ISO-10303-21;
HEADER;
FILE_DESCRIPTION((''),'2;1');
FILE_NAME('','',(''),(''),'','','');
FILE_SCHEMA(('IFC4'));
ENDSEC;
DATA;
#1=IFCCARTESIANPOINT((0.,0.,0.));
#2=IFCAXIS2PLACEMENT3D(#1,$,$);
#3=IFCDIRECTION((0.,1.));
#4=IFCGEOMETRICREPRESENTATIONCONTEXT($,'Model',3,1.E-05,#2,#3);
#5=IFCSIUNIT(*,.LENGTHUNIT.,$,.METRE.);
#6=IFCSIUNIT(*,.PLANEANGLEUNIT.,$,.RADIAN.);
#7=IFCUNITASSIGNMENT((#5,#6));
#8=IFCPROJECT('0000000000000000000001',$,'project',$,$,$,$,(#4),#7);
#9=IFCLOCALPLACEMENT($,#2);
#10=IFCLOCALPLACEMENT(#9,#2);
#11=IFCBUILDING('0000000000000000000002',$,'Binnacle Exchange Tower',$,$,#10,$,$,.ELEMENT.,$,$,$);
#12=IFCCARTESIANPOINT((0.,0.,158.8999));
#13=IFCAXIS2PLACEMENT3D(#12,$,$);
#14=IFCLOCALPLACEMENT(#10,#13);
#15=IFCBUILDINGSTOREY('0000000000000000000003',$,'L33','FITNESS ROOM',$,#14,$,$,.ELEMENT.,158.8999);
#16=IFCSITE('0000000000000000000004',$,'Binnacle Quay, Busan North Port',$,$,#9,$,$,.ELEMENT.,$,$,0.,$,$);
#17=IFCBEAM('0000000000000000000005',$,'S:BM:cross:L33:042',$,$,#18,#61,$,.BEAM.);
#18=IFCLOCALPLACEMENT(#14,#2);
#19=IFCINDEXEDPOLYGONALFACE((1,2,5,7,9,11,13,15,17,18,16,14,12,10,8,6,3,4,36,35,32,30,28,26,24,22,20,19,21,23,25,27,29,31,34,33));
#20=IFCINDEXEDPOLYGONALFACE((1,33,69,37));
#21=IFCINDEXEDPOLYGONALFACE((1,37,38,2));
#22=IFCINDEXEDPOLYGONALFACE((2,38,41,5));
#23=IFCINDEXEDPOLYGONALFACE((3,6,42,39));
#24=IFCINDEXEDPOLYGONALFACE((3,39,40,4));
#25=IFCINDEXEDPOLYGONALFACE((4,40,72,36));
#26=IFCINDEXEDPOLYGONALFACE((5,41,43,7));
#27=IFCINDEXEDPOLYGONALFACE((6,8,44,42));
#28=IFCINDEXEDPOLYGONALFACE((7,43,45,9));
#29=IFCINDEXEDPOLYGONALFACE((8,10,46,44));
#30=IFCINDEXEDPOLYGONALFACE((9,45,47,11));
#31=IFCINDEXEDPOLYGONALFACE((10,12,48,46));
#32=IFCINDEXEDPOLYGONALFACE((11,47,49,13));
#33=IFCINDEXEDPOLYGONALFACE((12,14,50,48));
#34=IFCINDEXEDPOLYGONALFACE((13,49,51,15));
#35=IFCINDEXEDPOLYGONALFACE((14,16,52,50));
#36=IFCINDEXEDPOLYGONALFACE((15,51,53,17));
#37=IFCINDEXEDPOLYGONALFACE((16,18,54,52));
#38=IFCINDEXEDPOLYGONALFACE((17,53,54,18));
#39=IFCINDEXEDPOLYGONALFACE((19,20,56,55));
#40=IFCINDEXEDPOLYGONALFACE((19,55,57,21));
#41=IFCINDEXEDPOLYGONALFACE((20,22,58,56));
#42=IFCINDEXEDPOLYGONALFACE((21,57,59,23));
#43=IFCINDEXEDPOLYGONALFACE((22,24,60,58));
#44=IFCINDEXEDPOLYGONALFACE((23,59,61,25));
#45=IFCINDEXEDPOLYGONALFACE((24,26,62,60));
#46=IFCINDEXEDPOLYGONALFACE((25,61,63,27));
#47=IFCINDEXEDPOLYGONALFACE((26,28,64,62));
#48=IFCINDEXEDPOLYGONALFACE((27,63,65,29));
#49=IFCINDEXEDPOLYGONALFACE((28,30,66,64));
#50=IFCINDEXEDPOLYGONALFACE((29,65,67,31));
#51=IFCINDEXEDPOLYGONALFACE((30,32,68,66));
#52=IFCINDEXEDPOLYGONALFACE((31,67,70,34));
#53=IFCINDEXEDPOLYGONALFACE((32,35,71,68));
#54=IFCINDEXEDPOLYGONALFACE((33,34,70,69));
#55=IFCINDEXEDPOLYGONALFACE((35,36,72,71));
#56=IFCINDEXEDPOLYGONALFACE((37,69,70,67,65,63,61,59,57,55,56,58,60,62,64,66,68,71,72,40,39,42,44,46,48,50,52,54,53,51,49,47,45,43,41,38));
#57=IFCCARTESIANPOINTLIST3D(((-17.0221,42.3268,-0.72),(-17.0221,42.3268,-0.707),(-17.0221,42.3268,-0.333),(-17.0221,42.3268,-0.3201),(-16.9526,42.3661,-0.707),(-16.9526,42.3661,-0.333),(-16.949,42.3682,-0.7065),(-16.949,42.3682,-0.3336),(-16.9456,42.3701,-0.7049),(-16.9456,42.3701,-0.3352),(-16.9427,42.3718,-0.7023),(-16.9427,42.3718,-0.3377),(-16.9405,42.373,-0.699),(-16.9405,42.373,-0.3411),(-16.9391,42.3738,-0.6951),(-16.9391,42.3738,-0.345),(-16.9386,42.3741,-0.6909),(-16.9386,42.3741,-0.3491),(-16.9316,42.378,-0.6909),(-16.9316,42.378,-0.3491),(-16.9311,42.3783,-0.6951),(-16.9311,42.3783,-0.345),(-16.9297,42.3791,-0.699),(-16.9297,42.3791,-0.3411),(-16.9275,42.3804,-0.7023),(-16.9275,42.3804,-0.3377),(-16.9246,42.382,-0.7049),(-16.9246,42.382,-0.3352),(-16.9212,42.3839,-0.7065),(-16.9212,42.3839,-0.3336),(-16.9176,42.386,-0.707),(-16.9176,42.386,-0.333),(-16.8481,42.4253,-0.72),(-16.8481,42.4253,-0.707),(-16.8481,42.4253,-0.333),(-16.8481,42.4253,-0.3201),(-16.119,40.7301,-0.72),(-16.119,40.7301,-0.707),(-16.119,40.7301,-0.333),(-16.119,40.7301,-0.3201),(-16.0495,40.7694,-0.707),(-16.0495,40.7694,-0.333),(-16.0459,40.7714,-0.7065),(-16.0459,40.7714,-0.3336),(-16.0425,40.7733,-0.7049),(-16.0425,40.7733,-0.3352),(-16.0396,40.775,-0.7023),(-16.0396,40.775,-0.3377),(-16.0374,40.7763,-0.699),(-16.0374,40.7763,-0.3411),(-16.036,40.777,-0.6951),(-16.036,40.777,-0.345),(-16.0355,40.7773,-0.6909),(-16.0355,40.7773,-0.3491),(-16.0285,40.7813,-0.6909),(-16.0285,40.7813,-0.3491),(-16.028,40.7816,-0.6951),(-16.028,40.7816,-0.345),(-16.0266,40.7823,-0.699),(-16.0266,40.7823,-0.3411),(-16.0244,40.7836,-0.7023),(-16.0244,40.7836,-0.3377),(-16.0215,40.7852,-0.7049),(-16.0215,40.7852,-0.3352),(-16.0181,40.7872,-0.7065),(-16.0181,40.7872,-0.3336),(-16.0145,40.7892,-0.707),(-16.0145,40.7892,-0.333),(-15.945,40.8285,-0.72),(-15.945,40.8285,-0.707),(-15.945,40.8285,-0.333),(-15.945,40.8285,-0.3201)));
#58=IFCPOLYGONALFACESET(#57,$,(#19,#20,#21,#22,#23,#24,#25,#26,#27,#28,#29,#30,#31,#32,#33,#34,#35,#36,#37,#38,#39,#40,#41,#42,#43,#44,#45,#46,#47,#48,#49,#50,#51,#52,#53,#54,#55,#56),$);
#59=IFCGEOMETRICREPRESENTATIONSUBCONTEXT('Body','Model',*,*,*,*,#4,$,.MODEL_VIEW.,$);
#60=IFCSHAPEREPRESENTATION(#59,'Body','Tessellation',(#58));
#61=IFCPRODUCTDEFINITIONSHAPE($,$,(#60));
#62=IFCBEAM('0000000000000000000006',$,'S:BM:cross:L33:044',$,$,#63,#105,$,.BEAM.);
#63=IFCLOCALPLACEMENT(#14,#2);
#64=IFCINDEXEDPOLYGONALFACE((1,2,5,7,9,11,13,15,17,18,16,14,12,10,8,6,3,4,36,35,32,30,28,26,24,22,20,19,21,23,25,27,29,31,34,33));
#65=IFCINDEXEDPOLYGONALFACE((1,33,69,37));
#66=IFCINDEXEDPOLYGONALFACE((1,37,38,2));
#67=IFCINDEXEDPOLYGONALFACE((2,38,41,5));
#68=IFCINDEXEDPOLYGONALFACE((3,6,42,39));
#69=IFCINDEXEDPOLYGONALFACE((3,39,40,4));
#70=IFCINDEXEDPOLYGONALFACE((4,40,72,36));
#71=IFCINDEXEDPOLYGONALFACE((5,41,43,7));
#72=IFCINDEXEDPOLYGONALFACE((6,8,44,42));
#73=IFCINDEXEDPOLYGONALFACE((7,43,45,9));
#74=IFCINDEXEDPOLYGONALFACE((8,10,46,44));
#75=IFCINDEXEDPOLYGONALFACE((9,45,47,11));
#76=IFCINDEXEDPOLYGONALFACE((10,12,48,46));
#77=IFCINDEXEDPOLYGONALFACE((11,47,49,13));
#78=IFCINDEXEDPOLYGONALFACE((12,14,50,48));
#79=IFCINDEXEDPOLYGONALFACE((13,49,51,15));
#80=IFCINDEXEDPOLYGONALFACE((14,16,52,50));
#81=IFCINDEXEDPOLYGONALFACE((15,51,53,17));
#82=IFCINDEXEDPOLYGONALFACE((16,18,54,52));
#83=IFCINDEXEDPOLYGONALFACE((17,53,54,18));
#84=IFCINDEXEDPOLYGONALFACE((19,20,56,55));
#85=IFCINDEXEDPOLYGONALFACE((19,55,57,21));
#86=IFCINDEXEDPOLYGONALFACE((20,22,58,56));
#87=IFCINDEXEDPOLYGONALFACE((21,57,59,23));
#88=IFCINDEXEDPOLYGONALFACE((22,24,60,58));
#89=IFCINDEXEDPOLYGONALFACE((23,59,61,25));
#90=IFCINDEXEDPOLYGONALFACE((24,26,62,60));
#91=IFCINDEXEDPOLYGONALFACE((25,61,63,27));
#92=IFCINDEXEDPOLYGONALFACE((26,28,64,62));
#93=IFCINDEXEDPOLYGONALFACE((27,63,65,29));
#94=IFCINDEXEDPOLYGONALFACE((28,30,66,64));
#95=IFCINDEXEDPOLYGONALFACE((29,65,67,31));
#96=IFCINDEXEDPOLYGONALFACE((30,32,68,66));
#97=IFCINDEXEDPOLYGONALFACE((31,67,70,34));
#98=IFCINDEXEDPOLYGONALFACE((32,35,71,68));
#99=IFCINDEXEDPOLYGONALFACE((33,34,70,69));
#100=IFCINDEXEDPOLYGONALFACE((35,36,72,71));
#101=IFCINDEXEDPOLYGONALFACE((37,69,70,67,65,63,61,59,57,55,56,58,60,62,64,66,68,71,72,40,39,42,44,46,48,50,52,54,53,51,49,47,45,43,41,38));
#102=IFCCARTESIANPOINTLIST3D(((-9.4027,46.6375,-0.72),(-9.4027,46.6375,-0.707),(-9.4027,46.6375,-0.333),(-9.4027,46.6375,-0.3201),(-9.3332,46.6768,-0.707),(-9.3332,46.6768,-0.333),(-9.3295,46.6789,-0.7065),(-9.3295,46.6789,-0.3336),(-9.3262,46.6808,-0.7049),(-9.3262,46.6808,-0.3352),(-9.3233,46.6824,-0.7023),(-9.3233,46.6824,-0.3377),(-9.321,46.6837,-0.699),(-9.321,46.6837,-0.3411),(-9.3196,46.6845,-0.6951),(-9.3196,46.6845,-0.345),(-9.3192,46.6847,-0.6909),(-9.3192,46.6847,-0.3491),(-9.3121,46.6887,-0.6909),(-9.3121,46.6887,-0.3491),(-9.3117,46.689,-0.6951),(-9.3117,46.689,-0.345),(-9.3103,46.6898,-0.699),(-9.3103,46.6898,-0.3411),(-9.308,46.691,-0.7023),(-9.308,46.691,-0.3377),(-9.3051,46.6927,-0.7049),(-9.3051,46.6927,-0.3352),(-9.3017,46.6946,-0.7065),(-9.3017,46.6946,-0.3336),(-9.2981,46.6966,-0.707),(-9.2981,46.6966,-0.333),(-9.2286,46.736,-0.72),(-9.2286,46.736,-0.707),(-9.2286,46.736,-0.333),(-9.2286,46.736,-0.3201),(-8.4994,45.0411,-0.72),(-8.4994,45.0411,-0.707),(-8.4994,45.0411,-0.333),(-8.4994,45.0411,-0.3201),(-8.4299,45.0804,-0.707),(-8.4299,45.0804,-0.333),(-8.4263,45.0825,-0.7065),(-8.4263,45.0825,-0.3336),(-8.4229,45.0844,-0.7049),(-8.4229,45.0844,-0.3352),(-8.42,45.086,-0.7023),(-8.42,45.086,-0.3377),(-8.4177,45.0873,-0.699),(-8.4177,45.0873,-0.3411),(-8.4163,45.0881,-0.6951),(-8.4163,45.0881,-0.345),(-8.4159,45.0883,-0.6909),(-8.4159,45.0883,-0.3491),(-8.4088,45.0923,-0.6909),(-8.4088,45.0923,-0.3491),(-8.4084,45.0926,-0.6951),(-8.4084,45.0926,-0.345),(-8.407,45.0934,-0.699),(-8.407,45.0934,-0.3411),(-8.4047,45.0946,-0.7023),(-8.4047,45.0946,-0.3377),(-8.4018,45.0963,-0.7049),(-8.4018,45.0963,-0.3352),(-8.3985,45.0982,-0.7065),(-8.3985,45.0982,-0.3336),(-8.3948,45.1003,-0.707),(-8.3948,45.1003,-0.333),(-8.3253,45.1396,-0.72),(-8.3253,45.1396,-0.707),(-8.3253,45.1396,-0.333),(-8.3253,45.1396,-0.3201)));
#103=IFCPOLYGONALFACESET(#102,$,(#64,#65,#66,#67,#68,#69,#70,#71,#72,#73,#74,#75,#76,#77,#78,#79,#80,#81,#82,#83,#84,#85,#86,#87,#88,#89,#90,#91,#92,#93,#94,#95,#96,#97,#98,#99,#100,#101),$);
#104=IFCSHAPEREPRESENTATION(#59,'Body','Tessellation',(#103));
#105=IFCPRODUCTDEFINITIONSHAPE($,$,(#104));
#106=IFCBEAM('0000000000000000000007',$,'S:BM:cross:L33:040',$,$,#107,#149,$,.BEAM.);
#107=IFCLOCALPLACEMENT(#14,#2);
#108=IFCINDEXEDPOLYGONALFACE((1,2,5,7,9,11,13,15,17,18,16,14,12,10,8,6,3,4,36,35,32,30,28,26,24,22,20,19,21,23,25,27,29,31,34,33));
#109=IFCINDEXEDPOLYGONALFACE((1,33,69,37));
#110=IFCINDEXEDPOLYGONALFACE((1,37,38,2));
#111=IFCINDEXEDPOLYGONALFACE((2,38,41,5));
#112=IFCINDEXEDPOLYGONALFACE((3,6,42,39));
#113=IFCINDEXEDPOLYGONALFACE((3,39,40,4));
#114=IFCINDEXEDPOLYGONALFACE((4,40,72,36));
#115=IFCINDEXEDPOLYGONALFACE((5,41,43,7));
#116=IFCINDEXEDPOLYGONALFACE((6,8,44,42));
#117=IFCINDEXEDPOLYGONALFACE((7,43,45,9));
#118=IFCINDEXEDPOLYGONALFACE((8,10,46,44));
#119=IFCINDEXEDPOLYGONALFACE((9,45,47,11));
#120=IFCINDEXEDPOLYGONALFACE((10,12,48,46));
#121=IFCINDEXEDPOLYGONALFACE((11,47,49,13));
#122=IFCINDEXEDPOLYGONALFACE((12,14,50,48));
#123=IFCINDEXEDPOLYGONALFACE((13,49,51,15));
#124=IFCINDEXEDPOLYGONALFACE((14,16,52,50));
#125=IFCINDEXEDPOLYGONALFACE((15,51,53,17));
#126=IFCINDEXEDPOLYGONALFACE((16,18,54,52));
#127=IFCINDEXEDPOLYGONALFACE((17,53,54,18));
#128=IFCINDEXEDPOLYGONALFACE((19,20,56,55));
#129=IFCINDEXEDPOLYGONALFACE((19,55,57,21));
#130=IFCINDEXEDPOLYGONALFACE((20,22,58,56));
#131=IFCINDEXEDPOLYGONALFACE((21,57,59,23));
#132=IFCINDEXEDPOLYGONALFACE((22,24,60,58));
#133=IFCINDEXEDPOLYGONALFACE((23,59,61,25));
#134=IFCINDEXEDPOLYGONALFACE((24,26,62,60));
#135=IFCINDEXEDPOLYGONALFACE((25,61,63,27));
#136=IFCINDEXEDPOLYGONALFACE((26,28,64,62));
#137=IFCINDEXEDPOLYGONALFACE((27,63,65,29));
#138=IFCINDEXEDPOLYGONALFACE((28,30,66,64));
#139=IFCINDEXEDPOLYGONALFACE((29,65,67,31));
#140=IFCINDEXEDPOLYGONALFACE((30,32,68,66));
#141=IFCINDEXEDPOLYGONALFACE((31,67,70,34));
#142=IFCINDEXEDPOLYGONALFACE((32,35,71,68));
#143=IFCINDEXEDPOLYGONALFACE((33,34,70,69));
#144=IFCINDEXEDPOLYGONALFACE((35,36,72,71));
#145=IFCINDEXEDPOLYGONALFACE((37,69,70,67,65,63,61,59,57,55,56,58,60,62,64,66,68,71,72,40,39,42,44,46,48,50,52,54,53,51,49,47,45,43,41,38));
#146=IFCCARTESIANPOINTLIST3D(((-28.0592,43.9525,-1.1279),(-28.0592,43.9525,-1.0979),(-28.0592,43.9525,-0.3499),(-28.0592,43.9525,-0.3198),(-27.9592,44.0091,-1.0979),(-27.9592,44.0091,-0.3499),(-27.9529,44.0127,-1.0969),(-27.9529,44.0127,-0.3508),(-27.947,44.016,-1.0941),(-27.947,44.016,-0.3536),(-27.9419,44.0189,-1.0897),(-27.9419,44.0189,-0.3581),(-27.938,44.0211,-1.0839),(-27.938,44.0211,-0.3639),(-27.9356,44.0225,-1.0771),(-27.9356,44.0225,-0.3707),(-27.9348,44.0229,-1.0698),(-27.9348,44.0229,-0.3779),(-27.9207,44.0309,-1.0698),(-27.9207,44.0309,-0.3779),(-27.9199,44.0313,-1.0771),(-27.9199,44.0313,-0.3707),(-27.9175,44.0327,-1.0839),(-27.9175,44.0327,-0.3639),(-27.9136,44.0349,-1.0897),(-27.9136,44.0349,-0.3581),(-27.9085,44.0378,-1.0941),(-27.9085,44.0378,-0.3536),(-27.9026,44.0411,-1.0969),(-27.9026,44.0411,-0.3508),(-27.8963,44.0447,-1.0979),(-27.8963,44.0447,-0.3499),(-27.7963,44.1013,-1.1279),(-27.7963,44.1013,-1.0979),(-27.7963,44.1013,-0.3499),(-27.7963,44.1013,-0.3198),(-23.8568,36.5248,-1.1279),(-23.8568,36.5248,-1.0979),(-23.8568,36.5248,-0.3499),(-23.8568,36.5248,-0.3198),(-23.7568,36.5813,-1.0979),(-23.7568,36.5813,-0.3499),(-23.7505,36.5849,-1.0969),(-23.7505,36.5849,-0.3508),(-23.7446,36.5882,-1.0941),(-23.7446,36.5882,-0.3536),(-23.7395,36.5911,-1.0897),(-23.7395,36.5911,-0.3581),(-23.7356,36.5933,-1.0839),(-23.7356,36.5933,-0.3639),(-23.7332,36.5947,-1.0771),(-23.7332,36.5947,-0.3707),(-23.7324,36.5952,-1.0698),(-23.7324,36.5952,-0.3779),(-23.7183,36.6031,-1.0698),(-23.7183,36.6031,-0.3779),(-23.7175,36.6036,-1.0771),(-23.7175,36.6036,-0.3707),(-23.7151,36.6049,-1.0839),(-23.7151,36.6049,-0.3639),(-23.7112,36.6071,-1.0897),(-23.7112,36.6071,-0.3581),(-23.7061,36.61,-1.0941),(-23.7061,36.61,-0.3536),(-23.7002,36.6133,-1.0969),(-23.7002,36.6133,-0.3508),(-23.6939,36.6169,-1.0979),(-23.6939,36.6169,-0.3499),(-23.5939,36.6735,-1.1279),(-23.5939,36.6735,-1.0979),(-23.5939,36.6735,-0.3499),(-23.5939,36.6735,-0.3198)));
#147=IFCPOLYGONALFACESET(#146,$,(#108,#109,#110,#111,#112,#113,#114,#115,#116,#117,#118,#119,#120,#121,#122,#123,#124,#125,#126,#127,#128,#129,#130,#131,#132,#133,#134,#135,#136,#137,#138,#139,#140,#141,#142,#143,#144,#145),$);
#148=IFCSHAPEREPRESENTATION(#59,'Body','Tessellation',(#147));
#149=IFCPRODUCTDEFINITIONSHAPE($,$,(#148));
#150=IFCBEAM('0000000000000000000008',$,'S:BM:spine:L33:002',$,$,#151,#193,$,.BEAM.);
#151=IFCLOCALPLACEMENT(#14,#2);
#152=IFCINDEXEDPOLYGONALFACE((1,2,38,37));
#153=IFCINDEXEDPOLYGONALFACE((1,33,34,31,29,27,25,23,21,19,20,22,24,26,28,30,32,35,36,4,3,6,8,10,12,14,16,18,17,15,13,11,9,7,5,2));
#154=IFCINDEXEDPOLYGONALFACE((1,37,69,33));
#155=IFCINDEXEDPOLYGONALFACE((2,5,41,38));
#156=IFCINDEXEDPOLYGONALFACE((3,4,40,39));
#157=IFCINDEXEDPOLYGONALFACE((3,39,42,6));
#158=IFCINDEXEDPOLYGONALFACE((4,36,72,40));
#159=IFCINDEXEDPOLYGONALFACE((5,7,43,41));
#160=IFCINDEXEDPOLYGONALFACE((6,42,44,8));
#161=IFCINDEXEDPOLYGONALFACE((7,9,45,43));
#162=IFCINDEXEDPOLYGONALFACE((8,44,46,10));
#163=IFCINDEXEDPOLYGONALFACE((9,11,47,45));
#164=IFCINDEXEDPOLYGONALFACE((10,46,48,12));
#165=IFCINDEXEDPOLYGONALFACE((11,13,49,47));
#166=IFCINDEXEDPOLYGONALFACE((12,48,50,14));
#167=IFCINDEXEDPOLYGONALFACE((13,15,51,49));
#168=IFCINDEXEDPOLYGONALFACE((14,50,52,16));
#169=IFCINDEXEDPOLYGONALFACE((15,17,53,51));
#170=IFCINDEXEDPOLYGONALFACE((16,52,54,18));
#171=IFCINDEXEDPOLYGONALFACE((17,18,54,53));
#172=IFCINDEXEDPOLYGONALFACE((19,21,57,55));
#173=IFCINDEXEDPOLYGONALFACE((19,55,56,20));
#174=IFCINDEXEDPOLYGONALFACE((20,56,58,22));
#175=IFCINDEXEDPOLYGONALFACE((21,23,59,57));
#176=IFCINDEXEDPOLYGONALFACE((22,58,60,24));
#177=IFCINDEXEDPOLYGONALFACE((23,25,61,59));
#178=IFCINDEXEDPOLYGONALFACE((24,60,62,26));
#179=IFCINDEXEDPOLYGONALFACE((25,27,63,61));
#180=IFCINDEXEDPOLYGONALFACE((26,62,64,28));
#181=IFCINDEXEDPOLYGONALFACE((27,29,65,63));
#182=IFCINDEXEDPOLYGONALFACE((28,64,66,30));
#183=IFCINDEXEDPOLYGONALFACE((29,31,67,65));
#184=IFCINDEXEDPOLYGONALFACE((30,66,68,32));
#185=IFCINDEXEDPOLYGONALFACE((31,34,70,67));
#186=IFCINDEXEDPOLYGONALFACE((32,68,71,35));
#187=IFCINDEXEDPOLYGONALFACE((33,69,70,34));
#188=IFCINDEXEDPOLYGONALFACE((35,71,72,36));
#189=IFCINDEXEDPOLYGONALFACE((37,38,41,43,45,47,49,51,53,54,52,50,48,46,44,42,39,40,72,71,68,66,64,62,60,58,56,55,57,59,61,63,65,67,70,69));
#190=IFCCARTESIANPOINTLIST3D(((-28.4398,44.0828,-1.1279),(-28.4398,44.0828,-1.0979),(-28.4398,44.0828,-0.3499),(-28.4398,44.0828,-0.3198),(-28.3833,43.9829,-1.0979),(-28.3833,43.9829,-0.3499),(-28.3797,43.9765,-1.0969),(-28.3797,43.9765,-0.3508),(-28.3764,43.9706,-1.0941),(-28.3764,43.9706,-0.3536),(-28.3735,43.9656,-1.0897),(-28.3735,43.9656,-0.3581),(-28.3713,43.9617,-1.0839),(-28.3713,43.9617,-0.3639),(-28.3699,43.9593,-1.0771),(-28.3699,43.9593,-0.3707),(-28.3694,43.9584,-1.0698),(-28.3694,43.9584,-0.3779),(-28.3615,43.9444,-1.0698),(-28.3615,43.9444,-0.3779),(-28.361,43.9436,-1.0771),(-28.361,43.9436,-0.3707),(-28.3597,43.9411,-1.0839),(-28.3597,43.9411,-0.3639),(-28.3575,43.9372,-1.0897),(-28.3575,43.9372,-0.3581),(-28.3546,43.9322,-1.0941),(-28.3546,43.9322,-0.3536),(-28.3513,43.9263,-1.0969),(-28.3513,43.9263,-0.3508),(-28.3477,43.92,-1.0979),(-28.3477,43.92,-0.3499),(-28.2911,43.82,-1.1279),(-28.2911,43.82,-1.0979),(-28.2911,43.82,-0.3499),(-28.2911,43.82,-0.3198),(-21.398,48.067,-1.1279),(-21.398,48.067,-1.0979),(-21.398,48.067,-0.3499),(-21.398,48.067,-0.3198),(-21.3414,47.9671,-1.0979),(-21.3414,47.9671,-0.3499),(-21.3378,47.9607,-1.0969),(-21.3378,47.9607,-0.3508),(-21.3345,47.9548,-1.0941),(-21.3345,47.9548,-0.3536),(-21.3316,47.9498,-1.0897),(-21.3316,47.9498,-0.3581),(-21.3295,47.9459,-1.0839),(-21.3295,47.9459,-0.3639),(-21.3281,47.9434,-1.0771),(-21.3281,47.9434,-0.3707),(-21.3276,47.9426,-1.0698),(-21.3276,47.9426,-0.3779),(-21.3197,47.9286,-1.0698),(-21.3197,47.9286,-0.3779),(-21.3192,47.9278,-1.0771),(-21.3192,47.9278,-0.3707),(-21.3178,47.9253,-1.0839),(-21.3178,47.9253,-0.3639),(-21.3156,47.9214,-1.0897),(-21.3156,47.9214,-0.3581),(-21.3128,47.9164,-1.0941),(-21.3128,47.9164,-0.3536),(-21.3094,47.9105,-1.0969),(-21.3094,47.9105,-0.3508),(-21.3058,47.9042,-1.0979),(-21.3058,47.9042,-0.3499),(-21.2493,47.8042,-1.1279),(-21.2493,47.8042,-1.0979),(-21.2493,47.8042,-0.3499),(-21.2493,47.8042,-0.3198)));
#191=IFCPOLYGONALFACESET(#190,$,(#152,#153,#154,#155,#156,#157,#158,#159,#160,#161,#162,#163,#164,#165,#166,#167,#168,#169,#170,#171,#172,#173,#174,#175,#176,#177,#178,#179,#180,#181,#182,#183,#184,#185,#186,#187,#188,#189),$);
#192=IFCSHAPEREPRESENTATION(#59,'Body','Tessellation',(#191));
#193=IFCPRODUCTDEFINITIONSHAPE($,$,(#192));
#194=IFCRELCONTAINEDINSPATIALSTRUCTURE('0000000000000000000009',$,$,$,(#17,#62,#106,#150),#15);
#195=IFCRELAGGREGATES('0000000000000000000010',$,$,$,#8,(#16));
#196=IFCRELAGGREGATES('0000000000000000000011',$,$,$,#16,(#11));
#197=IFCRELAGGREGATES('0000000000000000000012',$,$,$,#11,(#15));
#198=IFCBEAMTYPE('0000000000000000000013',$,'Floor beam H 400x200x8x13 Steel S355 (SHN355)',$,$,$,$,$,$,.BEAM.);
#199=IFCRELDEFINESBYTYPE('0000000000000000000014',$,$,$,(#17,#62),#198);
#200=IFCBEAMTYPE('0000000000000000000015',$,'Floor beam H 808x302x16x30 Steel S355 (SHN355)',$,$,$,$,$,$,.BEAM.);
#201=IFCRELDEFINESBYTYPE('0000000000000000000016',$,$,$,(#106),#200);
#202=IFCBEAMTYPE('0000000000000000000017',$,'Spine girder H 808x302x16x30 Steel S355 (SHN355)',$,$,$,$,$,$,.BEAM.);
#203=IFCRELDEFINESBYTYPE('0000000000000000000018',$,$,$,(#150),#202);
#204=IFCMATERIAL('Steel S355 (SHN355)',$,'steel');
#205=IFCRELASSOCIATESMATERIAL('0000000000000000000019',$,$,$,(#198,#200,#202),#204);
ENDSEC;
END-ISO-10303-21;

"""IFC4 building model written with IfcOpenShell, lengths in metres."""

from ifc_helpers import new_model, si_unit, direction, frame, origin, origin_2d, place, context, subcontext, project, spatial, i_section, extrude, material, material_profile, profile_set, type_object, element, save


model = new_model("IFC4")

# Units and contexts
model_context = context("Model", 3, precision=1e-05, world=origin(), true_north=direction((0.0, 1.0)))
body_context = subcontext(model_context, "Body", "Model", "MODEL_VIEW")
ifc_project = project(units=[si_unit("LENGTHUNIT", "METRE"), si_unit("PLANEANGLEUNIT", "RADIAN")], contexts=[model_context])

# Site, building, storey
site_placement = place(None, origin())
site = spatial("IfcSite", under=ifc_project, at=site_placement, Name="Binnacle Quay, Busan North Port", CompositionType="ELEMENT", RefElevation=0.0)
building_placement = place(site_placement, origin())
building = spatial("IfcBuilding", under=site, at=building_placement, Name="Binnacle Exchange Tower", CompositionType="ELEMENT")
storey_placement = place(building_placement, frame((0.0, 0.0, 158.8999)))
storey = spatial("IfcBuildingStorey", under=building, at=storey_placement, Name="L33", Description="FITNESS ROOM", CompositionType="ELEMENT", Elevation=158.8999)

# Beams
ifc_material_1 = material(Name="Steel S355 (SHN355)", Category="steel")
ifc_material_profile_1 = material_profile(ifc_material_1, i_section(OverallWidth=0.2, OverallDepth=0.3999, WebThickness=0.0081, FlangeThickness=0.0129, FilletRadius=0.0161, at=origin_2d()), Name="H 400x200x8x13")
ifc_profile_set_1 = profile_set([ifc_material_profile_1], Name="Steel S355 (SHN355)")
beam_type_1 = type_object("IfcBeamType", Name="Floor beam H 400x200x8x13 Steel S355 (SHN355)", PredefinedType="BEAM", material=ifc_profile_set_1)
beam_1_placement = place(storey_placement, frame((-16.032, 40.7793, -0.52), z_axis=(-0.492307, 0.870422, 0.0), x_axis=(-0.870422, -0.492307, 0.0)))
element("IfcBeam", 1, at=beam_1_placement, inside=storey, type_object=beam_type_1, Name="S:BM:cross:L33:042", PredefinedType="BEAM", context=body_context, shape_type="SweptSolid", body=[
    extrude(i_section(OverallWidth=0.2, OverallDepth=0.3999, WebThickness=0.0081, FlangeThickness=0.0129, FilletRadius=0.0161, at=origin_2d()), origin(), (0.0, 0.0, 1.0), 1.8345),
])
beam_2_placement = place(storey_placement, frame((-8.4124, 45.0903, -0.52), z_axis=(-0.492465, 0.870332, 0.0), x_axis=(-0.870332, -0.492465, 0.0)))
element("IfcBeam", 2, at=beam_2_placement, inside=storey, type_object=beam_type_1, Name="S:BM:cross:L33:044", PredefinedType="BEAM", context=body_context, shape_type="SweptSolid", body=[
    extrude(i_section(OverallWidth=0.2, OverallDepth=0.3999, WebThickness=0.0081, FlangeThickness=0.0129, FilletRadius=0.0161, at=origin_2d()), origin(), (0.0, 0.0, 1.0), 1.8342),
])
ifc_material_profile_2 = material_profile(ifc_material_1, i_section(OverallWidth=0.302, OverallDepth=0.8081, WebThickness=0.0161, FlangeThickness=0.03, FilletRadius=0.0281, at=origin_2d()), Name="H 808x302x16x30")
ifc_profile_set_2 = profile_set([ifc_material_profile_2], Name="Steel S355 (SHN355)")
beam_type_2 = type_object("IfcBeamType", Name="Floor beam H 808x302x16x30 Steel S355 (SHN355)", PredefinedType="BEAM", material=ifc_profile_set_2)
beam_3_placement = place(storey_placement, frame((-23.7253, 36.5991, -0.7239), z_axis=(-0.492422, 0.870357, 0.0), x_axis=(-0.870357, -0.492422, 0.0)))
element("IfcBeam", 3, at=beam_3_placement, inside=storey, type_object=beam_type_2, Name="S:BM:cross:L33:040", PredefinedType="BEAM", context=body_context, shape_type="SweptSolid", body=[
    extrude(i_section(OverallWidth=0.302, OverallDepth=0.8081, WebThickness=0.0161, FlangeThickness=0.03, FilletRadius=0.0281, at=origin_2d()), origin(), (0.0, 0.0, 1.0), 8.5342),
])
ifc_material_profile_3 = material_profile(ifc_material_1, i_section(OverallWidth=0.302, OverallDepth=0.8081, WebThickness=0.0161, FlangeThickness=0.03, FilletRadius=0.0281, at=origin_2d()), Name="H 808x302x16x30")
ifc_profile_set_3 = profile_set([ifc_material_profile_3], Name="Steel S355 (SHN355)")
beam_type_3 = type_object("IfcBeamType", Name="Spine girder H 808x302x16x30 Steel S355 (SHN355)", PredefinedType="BEAM", material=ifc_profile_set_3)
beam_4_placement = place(storey_placement, frame((-28.3655, 43.9514, -0.7239), z_axis=(0.87035, 0.492433, 0.0), x_axis=(-0.492433, 0.87035, 0.0)))
element("IfcBeam", 4, at=beam_4_placement, inside=storey, type_object=beam_type_3, Name="S:BM:spine:L33:002", PredefinedType="BEAM", context=body_context, shape_type="SweptSolid", body=[
    extrude(i_section(OverallWidth=0.302, OverallDepth=0.8081, WebThickness=0.0161, FlangeThickness=0.03, FilletRadius=0.0281, at=origin_2d()), origin(), (0.0, 0.0, 1.0), 8.0908),
])

save(model, "model.ifc")
